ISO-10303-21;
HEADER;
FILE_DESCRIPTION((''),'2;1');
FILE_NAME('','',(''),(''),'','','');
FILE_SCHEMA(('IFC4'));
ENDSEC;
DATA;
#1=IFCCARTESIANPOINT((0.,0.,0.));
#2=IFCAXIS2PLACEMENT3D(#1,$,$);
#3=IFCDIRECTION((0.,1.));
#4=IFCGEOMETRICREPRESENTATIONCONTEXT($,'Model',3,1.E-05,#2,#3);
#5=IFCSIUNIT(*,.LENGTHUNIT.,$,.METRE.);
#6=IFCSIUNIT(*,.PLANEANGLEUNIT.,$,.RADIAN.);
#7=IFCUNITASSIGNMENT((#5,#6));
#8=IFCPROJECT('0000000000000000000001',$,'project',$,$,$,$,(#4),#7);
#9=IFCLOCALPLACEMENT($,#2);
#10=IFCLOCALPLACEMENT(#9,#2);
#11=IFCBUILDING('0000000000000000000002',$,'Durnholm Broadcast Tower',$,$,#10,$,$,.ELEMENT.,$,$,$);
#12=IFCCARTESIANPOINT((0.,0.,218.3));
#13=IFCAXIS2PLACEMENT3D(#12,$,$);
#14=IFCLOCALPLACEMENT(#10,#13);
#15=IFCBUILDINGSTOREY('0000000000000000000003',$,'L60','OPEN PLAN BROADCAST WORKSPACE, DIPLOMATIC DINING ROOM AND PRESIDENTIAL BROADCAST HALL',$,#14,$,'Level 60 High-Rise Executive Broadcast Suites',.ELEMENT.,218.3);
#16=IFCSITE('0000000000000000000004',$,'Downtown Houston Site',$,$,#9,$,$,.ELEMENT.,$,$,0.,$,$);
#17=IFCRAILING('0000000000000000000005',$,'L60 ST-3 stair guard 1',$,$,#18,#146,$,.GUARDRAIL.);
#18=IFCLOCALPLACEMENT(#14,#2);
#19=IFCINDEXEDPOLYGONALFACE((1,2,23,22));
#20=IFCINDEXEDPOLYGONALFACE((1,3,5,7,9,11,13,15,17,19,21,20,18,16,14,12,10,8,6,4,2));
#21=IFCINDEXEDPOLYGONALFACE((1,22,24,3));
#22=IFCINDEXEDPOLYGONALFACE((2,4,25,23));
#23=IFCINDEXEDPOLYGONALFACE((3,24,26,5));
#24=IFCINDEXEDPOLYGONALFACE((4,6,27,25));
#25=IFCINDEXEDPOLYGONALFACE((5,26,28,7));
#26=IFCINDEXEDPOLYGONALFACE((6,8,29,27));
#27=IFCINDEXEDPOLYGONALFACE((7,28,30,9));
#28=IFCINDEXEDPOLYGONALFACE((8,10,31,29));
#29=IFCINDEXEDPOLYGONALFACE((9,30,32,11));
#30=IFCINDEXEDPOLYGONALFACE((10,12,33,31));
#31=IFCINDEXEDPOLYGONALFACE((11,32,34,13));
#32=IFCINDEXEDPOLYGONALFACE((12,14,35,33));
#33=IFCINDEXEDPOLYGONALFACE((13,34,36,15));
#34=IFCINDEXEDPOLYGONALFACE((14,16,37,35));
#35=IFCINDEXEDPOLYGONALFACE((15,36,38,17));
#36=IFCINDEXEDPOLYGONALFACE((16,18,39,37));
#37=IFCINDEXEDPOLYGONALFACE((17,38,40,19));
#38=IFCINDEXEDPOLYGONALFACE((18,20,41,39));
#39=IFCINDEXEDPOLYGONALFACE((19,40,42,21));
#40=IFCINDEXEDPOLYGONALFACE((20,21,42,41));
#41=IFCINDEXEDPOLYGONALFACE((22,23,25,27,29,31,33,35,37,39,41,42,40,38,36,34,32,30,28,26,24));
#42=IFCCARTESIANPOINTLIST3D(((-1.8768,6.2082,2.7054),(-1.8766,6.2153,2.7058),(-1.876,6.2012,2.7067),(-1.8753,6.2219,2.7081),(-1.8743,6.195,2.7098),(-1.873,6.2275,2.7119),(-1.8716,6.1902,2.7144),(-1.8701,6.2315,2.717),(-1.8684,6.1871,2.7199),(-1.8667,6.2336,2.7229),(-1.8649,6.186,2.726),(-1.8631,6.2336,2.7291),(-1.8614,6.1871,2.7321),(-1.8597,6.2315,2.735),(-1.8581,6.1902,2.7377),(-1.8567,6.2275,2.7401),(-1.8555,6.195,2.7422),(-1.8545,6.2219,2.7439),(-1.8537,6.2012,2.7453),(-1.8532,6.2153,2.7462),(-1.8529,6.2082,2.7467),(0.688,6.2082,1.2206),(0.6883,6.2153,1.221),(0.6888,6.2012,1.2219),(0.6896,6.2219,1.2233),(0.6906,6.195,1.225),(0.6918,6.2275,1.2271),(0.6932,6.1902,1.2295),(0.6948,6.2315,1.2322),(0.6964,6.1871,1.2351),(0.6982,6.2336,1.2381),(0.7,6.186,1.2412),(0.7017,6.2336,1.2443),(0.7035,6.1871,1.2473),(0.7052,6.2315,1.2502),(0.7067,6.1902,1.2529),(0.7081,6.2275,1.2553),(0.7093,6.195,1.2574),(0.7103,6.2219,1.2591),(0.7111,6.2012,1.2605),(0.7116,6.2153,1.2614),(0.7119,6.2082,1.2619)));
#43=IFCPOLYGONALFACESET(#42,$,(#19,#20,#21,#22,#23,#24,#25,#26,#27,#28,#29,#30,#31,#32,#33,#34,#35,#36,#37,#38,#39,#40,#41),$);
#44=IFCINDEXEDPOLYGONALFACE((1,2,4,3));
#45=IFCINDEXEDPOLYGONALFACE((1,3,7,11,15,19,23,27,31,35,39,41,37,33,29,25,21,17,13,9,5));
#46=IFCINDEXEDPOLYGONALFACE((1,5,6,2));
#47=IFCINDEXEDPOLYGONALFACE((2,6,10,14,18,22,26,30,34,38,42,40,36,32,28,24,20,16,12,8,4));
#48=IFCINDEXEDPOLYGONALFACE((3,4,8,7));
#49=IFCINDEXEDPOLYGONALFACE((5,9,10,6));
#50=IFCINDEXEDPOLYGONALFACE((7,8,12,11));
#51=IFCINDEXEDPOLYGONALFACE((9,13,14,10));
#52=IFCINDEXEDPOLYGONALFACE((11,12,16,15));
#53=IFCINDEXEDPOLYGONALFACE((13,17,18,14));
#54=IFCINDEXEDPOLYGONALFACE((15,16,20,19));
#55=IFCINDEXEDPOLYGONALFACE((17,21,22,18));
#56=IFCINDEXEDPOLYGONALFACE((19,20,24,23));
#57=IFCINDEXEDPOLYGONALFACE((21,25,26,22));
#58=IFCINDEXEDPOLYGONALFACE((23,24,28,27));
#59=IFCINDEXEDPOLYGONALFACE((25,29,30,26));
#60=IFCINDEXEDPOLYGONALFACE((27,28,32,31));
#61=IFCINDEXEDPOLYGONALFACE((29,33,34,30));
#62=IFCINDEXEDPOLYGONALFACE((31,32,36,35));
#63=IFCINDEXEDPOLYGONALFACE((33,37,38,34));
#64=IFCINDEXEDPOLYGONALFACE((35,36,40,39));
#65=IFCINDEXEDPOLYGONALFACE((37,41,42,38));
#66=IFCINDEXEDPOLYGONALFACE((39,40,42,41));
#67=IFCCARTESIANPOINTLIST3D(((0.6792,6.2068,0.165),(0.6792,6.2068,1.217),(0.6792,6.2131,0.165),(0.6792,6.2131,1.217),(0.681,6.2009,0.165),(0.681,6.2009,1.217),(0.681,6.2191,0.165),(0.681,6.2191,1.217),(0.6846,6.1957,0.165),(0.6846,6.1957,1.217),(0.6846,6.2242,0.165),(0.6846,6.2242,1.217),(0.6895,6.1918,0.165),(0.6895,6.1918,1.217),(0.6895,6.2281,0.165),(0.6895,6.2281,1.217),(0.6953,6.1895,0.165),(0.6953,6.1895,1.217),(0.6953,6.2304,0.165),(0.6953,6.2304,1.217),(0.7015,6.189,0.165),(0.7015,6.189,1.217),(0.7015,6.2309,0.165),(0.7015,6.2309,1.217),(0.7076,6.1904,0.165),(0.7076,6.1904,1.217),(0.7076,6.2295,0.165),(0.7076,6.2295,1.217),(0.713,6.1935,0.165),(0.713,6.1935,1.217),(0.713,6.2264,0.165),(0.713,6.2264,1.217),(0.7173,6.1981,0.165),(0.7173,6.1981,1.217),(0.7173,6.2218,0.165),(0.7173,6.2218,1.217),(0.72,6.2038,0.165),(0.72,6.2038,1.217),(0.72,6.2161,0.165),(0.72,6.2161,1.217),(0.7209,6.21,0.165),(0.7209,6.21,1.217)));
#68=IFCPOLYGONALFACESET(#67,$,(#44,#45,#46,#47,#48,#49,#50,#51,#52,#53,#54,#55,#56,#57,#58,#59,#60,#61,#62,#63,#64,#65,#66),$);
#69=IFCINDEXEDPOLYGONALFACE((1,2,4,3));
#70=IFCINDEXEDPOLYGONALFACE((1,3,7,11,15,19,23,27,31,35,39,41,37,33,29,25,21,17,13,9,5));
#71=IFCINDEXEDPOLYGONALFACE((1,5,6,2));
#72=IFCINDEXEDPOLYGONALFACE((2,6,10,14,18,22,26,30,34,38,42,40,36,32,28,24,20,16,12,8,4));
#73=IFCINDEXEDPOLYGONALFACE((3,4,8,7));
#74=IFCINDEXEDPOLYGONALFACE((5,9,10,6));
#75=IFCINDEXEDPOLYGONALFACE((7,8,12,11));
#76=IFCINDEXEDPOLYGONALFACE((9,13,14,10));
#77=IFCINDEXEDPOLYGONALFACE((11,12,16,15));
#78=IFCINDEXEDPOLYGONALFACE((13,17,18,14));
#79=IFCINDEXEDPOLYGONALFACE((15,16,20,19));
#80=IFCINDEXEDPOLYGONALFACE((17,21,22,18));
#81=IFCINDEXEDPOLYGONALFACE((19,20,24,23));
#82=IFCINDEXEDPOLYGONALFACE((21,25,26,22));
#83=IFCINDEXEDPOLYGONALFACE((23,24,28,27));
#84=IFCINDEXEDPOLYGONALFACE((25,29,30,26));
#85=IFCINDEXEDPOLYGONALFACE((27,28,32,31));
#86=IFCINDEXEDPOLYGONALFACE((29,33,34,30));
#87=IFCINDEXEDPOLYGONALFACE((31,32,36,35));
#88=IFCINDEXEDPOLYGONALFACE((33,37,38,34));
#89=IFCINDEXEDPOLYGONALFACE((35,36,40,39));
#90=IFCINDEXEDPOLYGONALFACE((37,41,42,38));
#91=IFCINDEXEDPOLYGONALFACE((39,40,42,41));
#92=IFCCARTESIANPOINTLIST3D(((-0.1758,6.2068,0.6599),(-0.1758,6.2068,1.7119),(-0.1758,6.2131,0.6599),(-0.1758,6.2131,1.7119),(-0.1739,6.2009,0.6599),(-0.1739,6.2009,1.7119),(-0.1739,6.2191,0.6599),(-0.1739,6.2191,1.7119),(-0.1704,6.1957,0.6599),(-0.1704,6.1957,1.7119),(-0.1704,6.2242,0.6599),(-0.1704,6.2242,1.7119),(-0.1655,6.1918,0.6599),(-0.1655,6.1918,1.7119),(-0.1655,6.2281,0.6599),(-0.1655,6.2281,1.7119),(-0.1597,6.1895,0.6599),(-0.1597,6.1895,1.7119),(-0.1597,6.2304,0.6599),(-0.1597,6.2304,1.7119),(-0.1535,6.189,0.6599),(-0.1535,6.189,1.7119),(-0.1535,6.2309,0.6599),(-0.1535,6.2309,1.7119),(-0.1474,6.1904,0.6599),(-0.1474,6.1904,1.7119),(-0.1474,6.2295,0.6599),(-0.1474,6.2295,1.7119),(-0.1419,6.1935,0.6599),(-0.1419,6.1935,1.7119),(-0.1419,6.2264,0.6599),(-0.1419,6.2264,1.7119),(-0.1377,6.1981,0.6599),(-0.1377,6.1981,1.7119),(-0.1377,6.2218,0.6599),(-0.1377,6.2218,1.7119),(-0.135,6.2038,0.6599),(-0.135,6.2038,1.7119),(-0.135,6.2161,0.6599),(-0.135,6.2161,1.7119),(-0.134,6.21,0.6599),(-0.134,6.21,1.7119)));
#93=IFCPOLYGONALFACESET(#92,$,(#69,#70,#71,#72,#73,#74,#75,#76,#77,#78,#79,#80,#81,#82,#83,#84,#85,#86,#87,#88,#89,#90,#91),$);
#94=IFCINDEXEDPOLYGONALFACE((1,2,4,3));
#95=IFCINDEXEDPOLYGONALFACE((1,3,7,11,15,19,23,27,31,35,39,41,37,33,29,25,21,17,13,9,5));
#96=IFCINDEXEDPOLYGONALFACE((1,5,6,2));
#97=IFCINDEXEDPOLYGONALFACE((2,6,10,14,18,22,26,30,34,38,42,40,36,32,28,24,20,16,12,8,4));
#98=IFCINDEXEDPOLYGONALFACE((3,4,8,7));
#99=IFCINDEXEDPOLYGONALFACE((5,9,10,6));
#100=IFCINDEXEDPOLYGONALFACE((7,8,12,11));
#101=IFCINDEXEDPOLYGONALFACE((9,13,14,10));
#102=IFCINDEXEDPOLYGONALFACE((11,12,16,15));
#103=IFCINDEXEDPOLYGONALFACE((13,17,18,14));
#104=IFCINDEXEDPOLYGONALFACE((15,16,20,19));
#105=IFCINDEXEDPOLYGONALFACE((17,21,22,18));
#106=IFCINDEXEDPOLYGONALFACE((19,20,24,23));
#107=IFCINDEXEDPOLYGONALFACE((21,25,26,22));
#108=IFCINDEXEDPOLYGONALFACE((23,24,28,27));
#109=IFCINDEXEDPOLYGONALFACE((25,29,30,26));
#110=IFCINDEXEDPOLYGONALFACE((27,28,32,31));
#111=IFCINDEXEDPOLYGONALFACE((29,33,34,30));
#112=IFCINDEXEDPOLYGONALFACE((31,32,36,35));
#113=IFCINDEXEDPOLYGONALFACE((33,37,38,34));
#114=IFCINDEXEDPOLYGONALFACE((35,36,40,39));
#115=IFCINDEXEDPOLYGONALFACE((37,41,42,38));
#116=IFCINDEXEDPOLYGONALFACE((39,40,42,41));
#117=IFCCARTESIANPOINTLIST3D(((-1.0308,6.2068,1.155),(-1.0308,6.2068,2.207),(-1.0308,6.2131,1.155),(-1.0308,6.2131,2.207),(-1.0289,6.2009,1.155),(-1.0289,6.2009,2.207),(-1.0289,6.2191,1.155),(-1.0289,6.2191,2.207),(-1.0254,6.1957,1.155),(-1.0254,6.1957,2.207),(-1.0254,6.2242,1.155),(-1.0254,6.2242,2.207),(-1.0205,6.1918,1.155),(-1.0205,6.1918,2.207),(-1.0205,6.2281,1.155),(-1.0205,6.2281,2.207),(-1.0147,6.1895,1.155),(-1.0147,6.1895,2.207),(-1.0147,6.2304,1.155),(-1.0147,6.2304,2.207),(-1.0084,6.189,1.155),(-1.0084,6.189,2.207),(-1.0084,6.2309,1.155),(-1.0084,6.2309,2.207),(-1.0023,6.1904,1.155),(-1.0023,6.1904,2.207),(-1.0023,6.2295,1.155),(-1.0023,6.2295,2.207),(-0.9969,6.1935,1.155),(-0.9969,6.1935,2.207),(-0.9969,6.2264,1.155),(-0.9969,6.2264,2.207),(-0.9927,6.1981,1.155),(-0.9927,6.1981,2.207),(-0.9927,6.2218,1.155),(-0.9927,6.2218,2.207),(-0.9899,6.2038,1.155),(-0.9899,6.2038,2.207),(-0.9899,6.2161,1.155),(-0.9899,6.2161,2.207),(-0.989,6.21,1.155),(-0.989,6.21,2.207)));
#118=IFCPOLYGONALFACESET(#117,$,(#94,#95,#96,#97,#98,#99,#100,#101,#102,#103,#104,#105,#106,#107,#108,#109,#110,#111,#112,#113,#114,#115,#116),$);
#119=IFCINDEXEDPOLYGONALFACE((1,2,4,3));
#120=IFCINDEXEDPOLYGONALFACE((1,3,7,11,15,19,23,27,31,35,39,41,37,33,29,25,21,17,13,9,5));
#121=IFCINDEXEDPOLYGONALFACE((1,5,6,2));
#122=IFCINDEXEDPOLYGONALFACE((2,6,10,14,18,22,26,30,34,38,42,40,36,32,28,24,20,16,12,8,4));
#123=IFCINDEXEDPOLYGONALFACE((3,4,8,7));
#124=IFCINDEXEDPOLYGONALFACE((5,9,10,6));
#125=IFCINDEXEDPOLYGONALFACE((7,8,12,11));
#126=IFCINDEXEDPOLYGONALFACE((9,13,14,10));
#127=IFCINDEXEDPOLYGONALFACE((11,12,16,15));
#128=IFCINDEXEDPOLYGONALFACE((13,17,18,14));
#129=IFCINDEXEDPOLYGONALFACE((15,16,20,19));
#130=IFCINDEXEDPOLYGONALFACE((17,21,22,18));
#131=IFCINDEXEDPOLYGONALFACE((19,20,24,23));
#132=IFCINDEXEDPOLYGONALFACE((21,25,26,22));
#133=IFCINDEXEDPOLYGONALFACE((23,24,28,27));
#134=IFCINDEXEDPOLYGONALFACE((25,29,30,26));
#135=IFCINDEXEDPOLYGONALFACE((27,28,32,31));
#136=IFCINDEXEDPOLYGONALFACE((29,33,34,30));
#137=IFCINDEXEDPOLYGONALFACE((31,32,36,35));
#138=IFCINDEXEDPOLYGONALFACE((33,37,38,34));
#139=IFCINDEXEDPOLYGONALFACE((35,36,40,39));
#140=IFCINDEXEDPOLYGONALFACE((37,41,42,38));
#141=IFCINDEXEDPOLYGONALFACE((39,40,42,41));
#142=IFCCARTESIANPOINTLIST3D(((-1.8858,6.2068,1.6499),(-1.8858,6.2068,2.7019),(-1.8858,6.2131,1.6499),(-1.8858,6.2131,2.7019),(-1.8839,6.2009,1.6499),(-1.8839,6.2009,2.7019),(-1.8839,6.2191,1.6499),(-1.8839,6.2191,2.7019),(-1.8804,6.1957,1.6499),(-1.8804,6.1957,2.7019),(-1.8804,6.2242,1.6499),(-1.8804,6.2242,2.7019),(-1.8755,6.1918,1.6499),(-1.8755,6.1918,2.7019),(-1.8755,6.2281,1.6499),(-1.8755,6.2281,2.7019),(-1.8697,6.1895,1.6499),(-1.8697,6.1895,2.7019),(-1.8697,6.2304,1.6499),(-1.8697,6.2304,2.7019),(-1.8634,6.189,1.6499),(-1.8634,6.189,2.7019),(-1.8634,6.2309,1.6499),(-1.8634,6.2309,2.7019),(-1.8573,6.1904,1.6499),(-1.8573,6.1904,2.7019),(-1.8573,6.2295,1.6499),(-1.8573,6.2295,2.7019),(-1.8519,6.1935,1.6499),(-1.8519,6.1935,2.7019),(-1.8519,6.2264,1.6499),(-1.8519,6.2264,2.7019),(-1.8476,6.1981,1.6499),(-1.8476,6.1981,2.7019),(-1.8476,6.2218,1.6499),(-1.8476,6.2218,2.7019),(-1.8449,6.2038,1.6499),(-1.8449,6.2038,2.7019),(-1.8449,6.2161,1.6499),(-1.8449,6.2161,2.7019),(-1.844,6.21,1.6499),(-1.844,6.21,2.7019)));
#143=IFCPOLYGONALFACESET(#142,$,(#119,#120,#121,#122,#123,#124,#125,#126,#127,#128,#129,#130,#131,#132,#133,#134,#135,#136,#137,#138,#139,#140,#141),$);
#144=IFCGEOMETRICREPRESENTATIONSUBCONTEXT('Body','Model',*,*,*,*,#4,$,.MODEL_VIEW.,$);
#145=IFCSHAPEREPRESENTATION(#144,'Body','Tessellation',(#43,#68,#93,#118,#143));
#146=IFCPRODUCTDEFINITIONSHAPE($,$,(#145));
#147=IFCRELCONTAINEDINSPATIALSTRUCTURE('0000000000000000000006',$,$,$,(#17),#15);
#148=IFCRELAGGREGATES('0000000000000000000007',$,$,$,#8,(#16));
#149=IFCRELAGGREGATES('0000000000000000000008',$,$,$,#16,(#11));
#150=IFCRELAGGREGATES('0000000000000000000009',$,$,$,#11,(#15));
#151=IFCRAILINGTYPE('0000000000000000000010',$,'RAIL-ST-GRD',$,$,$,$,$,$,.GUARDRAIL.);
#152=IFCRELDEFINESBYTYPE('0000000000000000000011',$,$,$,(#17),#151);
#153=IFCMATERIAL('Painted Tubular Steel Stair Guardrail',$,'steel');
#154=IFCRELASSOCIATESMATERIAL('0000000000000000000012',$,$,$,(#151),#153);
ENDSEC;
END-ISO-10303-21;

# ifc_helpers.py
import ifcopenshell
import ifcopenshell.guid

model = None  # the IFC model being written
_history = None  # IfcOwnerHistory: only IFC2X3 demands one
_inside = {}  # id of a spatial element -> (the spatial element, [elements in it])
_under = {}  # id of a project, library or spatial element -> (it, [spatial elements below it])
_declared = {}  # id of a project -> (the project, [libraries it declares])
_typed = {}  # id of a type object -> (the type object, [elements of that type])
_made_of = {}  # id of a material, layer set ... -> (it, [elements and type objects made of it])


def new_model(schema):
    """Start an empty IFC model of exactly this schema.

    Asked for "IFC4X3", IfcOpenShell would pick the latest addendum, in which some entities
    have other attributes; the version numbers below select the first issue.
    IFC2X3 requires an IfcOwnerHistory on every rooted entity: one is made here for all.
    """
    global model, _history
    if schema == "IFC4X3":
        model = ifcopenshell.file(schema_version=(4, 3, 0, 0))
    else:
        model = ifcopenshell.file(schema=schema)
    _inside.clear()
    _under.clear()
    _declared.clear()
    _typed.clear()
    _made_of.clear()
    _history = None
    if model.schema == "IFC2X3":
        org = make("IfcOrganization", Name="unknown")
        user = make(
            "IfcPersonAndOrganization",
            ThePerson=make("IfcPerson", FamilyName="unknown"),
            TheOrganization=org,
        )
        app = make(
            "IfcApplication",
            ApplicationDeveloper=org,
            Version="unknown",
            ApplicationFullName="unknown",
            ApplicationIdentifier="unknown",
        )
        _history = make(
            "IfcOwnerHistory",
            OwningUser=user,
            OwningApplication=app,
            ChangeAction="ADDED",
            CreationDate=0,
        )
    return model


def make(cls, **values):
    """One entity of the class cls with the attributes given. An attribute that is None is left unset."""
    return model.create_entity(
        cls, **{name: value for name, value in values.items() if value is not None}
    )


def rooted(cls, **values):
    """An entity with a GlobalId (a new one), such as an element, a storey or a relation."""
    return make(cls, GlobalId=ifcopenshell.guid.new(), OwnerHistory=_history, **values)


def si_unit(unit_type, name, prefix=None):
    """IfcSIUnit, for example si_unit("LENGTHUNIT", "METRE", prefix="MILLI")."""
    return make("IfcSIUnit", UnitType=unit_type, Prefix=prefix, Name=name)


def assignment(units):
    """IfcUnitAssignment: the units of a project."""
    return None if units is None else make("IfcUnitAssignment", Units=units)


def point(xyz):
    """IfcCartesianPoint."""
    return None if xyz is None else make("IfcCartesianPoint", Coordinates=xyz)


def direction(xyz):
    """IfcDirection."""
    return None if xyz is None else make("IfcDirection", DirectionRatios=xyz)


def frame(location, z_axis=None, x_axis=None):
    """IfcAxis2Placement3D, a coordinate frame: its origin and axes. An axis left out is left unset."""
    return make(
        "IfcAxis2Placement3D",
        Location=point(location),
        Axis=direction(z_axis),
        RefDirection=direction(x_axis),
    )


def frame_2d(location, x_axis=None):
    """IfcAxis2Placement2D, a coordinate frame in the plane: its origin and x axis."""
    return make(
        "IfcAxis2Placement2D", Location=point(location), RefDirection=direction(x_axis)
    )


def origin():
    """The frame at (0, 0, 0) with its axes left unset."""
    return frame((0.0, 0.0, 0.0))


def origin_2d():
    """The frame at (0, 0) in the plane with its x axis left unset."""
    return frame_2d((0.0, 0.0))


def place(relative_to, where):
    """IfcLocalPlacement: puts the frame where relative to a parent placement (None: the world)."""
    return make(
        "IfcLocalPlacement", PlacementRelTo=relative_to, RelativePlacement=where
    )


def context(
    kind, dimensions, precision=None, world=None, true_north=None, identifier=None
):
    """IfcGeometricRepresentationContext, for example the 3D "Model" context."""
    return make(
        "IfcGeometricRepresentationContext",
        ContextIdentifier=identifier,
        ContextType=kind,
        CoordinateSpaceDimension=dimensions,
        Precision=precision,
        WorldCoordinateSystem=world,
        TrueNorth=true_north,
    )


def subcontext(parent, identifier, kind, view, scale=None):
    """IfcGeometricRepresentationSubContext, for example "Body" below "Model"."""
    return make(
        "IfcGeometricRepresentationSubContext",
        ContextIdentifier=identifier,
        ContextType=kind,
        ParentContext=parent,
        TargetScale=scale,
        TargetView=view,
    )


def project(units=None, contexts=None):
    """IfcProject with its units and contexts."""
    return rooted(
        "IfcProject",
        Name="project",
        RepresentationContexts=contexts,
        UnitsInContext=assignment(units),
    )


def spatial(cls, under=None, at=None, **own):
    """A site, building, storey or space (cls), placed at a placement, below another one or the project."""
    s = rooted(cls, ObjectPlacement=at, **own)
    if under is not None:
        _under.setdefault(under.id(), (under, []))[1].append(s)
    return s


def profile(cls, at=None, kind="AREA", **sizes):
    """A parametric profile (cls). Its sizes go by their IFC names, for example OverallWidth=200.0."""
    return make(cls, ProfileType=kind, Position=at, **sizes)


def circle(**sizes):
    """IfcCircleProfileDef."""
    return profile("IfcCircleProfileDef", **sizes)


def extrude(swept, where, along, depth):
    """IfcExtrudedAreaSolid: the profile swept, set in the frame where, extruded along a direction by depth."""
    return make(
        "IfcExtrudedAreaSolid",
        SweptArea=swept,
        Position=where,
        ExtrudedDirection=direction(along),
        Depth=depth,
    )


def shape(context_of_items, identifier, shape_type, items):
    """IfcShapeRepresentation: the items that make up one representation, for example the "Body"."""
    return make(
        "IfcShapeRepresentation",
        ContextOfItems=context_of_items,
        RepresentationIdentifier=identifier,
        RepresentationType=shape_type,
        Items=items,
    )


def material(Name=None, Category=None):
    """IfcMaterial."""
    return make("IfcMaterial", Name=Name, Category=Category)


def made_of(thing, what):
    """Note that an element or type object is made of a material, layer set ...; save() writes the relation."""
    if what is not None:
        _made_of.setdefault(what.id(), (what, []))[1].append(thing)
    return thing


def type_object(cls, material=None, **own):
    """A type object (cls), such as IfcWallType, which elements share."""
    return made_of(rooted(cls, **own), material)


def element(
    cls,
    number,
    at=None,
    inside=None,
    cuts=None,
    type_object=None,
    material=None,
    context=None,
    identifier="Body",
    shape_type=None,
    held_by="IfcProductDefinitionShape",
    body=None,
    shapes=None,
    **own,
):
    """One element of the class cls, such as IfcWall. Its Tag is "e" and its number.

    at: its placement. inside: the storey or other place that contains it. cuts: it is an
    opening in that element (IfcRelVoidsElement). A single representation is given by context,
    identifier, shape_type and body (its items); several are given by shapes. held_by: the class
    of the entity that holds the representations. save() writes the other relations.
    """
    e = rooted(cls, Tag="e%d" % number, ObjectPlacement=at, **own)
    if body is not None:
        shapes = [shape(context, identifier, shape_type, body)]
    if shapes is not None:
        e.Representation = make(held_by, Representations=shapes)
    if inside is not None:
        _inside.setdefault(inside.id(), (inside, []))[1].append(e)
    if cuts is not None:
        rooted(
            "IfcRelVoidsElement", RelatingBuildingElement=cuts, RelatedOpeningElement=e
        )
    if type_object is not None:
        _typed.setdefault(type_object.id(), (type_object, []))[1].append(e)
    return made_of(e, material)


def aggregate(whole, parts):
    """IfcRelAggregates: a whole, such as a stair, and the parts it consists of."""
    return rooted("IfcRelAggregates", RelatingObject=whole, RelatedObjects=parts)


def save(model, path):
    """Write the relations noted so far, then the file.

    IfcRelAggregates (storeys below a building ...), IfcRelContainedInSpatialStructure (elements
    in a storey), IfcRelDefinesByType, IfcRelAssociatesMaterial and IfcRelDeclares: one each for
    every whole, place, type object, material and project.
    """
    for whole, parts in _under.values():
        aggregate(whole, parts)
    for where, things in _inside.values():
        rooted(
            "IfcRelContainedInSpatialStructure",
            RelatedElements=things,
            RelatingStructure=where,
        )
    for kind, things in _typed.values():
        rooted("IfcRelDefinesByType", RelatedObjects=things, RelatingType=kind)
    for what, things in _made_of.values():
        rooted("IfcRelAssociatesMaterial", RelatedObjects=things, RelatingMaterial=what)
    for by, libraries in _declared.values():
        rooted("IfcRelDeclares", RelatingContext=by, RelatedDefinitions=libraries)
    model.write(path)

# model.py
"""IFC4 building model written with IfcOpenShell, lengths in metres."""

from ifc_helpers import new_model, si_unit, direction, frame, origin, origin_2d, place, context, subcontext, project, spatial, circle, extrude, material, type_object, element, save


model = new_model("IFC4")

# Units and contexts
model_context = context("Model", 3, precision=1e-05, world=origin(), true_north=direction((0.0, 1.0)))
body_context = subcontext(model_context, "Body", "Model", "MODEL_VIEW")
ifc_project = project(units=[si_unit("LENGTHUNIT", "METRE"), si_unit("PLANEANGLEUNIT", "RADIAN")], contexts=[model_context])

# Site, building, storey
site_placement = place(None, origin())
site = spatial("IfcSite", under=ifc_project, at=site_placement, Name="Downtown Houston Site", CompositionType="ELEMENT", RefElevation=0.0)
building_placement = place(site_placement, origin())
building = spatial("IfcBuilding", under=site, at=building_placement, Name="Durnholm Broadcast Tower", CompositionType="ELEMENT")
storey_placement = place(building_placement, frame((0.0, 0.0, 218.3)))
storey = spatial("IfcBuildingStorey", under=building, at=storey_placement, Name="L60", Description="OPEN PLAN BROADCAST WORKSPACE, DIPLOMATIC DINING ROOM AND PRESIDENTIAL BROADCAST HALL", LongName="Level 60 High-Rise Executive Broadcast Suites", CompositionType="ELEMENT", Elevation=218.3)

# Railing
ifc_material_1 = material(Name="Painted Tubular Steel Stair Guardrail", Category="steel")
railing_type_1 = type_object("IfcRailingType", Name="RAIL-ST-GRD", PredefinedType="GUARDRAIL", material=ifc_material_1)
railing_1_placement = place(storey_placement, frame((0.7, 6.21, 0.165)))
element("IfcRailing", 1, at=railing_1_placement, inside=storey, type_object=railing_type_1, Name="L60 ST-3 stair guard 1", PredefinedType="GUARDRAIL", context=body_context, shape_type="SweptSolid", body=[
    extrude(circle(Radius=0.0239, at=origin_2d()), frame((0.0, 0.0, 1.0762), z_axis=(-0.865441, 0.0, 0.50101), x_axis=(0.0, -1.0, 0.0)), (0.0, 0.0, 1.0), 2.9636),
    extrude(circle(Radius=0.021, at=origin_2d()), origin(), (0.0, 0.0, 1.0), 1.052),
    extrude(circle(Radius=0.021, at=origin_2d()), frame((-0.855, 0.0, 0.4949)), (0.0, 0.0, 1.0), 1.052),
    extrude(circle(Radius=0.021, at=origin_2d()), frame((-1.71, 0.0, 0.99)), (0.0, 0.0, 1.0), 1.052),
    extrude(circle(Radius=0.021, at=origin_2d()), frame((-2.5649, 0.0, 1.4849)), (0.0, 0.0, 1.0), 1.052),
])

save(model, "model.ifc")
